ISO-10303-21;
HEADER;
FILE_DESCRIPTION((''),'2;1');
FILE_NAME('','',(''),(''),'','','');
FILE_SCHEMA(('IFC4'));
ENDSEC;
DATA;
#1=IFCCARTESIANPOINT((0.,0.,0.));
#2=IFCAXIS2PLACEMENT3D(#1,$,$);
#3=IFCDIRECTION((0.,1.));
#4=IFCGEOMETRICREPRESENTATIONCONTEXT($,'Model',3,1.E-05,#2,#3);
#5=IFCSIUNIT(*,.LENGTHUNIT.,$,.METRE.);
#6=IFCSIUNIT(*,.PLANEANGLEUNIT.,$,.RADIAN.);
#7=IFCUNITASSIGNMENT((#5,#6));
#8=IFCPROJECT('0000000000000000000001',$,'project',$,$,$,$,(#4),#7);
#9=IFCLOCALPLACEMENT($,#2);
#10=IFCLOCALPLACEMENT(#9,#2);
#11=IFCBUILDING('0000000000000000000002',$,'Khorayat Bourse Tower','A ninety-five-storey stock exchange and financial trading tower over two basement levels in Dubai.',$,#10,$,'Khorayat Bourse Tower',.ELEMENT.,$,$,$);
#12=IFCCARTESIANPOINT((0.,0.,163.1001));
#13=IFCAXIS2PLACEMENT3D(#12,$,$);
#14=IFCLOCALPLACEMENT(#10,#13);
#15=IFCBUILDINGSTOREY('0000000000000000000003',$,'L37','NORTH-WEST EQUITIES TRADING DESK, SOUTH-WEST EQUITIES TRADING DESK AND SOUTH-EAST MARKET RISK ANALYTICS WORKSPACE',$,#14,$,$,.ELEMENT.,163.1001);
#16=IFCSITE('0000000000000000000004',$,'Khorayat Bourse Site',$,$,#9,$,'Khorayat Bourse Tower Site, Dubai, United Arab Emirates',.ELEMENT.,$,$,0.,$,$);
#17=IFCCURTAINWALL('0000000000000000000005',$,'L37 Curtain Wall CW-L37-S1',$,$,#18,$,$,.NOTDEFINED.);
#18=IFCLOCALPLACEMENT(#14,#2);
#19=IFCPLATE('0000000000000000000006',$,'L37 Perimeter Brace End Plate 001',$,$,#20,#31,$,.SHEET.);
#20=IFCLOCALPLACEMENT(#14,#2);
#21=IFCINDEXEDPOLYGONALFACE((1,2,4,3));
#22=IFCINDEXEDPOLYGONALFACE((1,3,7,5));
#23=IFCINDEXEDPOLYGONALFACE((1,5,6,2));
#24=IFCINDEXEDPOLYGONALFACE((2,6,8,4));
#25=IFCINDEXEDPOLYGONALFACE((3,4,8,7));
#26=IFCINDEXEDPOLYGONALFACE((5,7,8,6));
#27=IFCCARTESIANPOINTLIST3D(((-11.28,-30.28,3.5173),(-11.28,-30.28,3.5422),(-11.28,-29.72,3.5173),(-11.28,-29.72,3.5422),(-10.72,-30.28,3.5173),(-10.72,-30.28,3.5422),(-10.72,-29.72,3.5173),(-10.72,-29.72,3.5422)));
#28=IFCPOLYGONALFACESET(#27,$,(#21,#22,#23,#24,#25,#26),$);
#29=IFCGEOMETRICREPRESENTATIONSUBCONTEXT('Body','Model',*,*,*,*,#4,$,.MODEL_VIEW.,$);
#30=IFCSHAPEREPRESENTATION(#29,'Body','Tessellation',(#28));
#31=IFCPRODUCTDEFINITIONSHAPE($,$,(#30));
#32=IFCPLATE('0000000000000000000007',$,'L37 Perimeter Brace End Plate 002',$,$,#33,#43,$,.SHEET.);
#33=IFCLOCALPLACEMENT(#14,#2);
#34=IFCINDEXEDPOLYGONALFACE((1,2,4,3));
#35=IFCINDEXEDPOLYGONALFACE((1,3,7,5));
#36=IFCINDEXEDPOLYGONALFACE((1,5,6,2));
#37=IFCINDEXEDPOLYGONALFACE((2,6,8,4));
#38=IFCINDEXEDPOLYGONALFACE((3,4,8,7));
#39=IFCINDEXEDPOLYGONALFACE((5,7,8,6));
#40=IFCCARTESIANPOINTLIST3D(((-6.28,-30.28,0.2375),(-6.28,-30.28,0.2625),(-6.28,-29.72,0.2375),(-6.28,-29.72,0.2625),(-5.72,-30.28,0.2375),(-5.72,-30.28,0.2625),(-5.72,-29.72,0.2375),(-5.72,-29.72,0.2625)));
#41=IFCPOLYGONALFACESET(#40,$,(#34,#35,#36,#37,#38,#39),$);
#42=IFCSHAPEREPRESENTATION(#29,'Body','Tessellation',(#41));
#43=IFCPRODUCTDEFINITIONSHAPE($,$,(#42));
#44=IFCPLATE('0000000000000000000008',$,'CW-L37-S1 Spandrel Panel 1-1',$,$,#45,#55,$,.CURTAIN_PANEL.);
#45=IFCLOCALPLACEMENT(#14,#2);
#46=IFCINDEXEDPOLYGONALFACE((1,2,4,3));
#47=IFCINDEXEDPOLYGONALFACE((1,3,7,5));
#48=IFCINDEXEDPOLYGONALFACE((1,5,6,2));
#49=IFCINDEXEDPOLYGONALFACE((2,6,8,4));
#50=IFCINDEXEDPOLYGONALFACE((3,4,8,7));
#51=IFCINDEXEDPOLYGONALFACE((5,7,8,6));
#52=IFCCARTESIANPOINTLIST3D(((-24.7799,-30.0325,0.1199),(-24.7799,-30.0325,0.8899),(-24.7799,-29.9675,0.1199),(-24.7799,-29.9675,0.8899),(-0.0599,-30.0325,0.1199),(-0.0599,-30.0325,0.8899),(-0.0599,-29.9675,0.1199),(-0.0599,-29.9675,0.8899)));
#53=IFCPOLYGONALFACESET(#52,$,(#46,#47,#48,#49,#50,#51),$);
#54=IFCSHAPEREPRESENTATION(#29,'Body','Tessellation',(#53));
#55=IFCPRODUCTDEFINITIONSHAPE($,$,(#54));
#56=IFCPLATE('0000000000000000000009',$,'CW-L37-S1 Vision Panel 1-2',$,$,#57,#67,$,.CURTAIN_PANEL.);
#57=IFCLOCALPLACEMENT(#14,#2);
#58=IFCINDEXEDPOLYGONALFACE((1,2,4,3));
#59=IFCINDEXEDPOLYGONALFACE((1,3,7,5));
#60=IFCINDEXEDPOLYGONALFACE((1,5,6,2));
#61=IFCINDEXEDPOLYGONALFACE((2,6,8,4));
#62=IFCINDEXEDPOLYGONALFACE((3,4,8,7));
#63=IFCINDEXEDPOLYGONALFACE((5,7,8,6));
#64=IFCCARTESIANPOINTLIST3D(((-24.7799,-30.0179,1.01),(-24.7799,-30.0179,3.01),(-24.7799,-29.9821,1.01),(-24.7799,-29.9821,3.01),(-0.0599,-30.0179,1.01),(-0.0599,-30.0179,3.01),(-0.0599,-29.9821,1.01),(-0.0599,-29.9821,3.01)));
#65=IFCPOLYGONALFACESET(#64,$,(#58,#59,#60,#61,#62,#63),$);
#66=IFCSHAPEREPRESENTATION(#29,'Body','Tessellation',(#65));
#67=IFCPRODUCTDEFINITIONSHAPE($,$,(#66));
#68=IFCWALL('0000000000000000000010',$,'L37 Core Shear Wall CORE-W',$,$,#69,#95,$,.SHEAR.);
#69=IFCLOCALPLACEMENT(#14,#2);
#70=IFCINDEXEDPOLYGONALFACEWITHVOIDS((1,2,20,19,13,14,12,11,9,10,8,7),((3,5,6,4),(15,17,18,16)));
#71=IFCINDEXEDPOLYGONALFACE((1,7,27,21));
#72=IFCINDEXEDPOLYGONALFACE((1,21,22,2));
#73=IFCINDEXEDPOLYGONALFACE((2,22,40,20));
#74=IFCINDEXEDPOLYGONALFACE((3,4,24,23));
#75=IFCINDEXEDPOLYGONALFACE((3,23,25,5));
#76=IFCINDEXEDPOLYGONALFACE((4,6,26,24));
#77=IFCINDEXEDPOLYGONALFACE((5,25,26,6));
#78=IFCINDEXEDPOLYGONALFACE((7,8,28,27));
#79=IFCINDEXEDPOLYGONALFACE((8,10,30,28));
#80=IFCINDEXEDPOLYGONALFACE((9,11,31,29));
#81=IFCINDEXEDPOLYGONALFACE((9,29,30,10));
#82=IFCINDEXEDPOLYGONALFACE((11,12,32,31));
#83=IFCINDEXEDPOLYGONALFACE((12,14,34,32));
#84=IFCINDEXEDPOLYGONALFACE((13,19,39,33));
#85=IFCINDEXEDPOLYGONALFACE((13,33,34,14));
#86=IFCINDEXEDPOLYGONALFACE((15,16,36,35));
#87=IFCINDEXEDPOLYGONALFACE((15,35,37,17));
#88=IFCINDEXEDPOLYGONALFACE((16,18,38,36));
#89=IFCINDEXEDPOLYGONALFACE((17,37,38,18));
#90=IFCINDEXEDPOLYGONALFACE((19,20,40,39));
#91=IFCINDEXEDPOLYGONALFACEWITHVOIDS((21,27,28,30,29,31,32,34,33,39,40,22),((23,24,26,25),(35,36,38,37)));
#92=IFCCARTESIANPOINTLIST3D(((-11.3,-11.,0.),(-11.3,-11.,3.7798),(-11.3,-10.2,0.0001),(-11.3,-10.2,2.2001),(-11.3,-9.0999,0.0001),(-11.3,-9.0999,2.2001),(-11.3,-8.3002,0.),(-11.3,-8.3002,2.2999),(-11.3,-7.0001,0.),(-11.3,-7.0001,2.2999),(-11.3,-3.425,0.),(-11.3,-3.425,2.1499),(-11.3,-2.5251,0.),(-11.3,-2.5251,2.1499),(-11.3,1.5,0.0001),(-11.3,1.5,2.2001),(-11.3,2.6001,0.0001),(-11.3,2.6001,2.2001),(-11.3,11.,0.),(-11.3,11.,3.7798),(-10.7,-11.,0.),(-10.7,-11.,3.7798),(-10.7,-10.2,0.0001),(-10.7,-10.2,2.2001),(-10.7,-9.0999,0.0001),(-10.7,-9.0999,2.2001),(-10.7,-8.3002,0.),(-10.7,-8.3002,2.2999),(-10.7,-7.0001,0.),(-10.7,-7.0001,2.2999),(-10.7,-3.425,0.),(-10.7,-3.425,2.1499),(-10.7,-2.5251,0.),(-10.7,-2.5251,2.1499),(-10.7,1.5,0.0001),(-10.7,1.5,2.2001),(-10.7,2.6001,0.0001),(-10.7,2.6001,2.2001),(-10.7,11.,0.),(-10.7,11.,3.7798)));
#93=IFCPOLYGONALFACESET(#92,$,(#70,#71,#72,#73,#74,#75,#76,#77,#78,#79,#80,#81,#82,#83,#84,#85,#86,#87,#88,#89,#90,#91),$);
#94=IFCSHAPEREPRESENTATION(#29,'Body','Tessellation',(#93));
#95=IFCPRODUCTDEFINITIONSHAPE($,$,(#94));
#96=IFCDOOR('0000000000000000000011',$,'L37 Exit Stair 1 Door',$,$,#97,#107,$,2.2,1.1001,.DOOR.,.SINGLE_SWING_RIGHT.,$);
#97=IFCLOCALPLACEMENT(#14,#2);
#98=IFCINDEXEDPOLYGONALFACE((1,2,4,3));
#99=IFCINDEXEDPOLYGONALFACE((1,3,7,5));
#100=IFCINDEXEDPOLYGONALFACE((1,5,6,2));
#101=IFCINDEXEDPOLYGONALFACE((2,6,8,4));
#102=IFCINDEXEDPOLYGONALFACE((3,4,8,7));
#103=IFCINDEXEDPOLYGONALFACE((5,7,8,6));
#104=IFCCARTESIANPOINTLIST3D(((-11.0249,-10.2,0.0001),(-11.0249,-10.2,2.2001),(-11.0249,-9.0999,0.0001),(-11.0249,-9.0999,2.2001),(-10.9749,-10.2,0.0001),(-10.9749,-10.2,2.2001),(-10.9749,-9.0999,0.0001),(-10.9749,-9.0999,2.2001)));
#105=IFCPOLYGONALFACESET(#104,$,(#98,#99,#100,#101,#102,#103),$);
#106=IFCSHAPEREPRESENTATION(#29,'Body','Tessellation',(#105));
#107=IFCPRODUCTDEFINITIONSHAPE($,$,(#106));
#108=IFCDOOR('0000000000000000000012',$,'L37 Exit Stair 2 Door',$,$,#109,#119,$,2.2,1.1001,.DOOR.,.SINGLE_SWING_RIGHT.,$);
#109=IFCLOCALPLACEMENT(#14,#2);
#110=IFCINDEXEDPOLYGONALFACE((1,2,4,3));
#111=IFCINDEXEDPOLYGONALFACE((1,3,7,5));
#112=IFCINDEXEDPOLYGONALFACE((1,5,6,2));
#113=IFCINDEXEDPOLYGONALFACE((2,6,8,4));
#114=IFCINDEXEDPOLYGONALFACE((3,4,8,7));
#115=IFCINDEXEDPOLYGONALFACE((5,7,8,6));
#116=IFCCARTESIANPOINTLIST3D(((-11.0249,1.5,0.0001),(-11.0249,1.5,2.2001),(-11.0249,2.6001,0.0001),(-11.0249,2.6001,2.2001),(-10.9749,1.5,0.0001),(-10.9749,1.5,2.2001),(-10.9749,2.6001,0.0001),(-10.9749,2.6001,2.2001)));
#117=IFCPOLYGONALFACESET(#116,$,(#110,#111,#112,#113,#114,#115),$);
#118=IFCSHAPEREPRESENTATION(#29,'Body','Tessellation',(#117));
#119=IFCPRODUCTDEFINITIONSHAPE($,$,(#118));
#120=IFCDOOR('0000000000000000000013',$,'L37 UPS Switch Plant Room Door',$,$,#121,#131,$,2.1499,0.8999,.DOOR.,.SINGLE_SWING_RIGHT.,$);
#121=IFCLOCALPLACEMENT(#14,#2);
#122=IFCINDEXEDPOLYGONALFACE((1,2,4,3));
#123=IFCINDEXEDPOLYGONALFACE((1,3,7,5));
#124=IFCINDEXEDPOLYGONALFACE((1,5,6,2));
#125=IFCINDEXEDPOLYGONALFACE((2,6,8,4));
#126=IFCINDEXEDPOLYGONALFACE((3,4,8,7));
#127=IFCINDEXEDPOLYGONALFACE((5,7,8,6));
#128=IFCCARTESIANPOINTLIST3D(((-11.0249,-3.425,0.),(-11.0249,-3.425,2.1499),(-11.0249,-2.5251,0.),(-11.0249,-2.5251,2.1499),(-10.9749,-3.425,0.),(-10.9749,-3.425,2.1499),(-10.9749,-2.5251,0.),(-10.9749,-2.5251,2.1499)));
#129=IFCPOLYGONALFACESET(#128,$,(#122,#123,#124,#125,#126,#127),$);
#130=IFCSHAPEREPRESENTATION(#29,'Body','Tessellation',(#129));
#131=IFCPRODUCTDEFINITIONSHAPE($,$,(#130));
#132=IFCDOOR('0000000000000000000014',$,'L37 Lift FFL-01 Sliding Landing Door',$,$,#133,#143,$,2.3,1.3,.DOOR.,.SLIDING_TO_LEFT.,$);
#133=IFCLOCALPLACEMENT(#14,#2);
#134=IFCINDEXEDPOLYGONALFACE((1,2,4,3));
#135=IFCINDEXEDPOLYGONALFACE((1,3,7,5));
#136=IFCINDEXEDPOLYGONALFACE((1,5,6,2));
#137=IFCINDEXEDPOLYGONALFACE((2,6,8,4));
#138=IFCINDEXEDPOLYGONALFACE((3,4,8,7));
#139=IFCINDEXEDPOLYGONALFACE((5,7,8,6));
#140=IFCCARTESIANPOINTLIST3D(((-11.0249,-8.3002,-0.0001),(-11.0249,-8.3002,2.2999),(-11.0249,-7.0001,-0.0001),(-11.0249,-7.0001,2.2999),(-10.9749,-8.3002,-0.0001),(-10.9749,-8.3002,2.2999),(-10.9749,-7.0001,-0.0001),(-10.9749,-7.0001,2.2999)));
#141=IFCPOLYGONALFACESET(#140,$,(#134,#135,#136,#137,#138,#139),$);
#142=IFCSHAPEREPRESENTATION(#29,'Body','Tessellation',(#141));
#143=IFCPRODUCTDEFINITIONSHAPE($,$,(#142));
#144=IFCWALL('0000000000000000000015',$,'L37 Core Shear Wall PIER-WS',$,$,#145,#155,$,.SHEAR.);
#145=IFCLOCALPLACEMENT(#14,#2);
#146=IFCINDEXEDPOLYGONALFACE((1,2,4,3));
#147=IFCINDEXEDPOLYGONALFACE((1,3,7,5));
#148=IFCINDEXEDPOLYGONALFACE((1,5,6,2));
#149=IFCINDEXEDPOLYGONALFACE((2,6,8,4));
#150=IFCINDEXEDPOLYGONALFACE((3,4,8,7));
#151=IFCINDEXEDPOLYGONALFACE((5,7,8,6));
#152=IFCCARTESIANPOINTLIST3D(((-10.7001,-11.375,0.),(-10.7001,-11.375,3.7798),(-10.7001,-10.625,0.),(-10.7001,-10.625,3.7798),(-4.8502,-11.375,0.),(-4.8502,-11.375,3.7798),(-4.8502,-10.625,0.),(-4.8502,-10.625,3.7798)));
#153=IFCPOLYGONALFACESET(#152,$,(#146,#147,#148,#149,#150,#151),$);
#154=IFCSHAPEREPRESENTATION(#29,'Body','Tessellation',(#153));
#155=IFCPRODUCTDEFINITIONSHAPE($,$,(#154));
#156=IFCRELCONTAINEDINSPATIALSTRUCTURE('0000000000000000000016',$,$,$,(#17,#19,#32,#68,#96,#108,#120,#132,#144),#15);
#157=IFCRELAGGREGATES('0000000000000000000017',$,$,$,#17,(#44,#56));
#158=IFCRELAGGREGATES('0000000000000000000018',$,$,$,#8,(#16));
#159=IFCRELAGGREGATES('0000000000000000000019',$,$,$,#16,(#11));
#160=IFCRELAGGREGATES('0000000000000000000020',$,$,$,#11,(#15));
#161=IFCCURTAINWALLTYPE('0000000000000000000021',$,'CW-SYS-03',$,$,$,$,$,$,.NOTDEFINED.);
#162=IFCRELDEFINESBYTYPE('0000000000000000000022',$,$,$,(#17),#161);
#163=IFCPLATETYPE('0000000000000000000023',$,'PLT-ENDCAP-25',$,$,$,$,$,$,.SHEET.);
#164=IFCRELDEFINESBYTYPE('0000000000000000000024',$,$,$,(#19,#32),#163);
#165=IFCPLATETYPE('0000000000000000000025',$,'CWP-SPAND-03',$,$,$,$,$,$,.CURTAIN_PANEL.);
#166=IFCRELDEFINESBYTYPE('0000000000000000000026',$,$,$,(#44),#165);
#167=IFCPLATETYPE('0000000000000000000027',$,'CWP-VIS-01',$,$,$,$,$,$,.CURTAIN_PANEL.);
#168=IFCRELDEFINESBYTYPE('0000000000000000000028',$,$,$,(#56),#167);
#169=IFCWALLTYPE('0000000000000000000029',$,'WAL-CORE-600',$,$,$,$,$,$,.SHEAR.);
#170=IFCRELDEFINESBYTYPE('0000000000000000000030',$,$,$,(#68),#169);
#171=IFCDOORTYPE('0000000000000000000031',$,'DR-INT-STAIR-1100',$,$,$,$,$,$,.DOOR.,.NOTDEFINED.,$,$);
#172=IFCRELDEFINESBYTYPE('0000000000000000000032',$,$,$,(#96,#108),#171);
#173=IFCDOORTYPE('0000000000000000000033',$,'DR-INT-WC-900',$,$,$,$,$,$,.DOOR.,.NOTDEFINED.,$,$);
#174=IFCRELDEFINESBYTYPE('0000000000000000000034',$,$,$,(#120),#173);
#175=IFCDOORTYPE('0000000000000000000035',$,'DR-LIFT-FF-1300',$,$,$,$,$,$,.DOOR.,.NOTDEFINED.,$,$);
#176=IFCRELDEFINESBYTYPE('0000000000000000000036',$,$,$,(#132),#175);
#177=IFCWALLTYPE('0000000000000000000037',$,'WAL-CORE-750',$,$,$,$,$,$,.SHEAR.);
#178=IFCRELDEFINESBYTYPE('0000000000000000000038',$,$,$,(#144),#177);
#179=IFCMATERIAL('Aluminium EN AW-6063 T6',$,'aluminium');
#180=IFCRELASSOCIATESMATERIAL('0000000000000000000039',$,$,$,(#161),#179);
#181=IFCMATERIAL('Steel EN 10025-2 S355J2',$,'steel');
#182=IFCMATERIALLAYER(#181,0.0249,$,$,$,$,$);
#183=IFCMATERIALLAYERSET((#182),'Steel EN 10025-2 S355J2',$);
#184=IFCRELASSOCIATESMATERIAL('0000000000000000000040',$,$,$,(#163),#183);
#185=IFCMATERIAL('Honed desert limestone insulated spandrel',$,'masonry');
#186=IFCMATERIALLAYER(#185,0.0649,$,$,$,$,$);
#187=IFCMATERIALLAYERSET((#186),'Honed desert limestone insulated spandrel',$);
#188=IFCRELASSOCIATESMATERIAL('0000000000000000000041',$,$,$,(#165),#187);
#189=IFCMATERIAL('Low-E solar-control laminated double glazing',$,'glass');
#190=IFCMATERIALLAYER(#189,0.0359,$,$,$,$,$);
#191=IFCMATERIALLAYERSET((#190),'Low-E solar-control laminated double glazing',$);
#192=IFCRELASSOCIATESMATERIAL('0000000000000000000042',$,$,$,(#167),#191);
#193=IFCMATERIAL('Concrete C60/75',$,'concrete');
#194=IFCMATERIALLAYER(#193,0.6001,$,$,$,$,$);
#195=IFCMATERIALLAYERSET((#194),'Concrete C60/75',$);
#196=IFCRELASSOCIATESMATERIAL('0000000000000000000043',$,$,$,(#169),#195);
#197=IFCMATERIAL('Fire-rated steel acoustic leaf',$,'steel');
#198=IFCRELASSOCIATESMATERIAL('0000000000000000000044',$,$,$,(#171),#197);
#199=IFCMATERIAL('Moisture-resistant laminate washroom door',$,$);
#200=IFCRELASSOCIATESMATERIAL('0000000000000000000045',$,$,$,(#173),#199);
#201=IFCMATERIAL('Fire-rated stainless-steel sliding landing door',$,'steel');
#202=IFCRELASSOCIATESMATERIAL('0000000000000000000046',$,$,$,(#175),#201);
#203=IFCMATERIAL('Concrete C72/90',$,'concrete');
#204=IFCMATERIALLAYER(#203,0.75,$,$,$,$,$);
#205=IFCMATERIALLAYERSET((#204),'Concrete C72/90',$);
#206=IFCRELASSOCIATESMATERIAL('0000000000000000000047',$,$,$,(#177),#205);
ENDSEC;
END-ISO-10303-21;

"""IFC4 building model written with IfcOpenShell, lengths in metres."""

from ifc_helpers import new_model, si_unit, direction, frame, frame_2d, origin, origin_2d, place, context, subcontext, project, spatial, rectangle, extrude, source, transform, mapped, material, layer, layer_set, type_object, element, fill, aggregate, save


model = new_model("IFC4")

# Units and contexts
model_context = context("Model", 3, precision=1e-05, world=origin(), true_north=direction((0.0, 1.0)))
body_context = subcontext(model_context, "Body", "Model", "MODEL_VIEW")
ifc_project = project(units=[si_unit("LENGTHUNIT", "METRE"), si_unit("PLANEANGLEUNIT", "RADIAN")], contexts=[model_context])

# Site, building, storey
site_placement = place(None, origin())
site = spatial("IfcSite", under=ifc_project, at=site_placement, Name="Khorayat Bourse Site", LongName="Khorayat Bourse Tower Site, Dubai, United Arab Emirates", CompositionType="ELEMENT", RefElevation=0.0)
building_placement = place(site_placement, origin())
building = spatial("IfcBuilding", under=site, at=building_placement, Name="Khorayat Bourse Tower", Description="A ninety-five-storey stock exchange and financial trading tower over two basement levels in Dubai.", LongName="Khorayat Bourse Tower", CompositionType="ELEMENT")
storey_placement = place(building_placement, frame((0.0, 0.0, 163.1001)))
storey = spatial("IfcBuildingStorey", under=building, at=storey_placement, Name="L37", Description="NORTH-WEST EQUITIES TRADING DESK, SOUTH-WEST EQUITIES TRADING DESK AND SOUTH-EAST MARKET RISK ANALYTICS WORKSPACE", CompositionType="ELEMENT", Elevation=163.1001)

# Shared definitions
ifc_material_1 = material(Name="Concrete C60/75", Category="concrete")

# Shared definitions
ifc_material_2 = material(Name="Concrete C72/90", Category="concrete")

# Curtain wall
ifc_material_3 = material(Name="Aluminium EN AW-6063 T6", Category="aluminium")
curtain_wall_type = type_object("IfcCurtainWallType", Name="CW-SYS-03", PredefinedType="NOTDEFINED", material=ifc_material_3)
curtain_wall_placement = place(storey_placement, origin())
curtain_wall = element("IfcCurtainWall", 1, at=curtain_wall_placement, inside=storey, type_object=curtain_wall_type, Name="L37 Curtain Wall CW-L37-S1", PredefinedType="NOTDEFINED")

# Plates
ifc_material_4 = material(Name="Steel EN 10025-2 S355J2", Category="steel")
ifc_layer_1 = layer(ifc_material_4, 0.0249)
ifc_layer_set_1 = layer_set([ifc_layer_1], Name="Steel EN 10025-2 S355J2")
plate_type_1 = type_object("IfcPlateType", Name="PLT-ENDCAP-25", PredefinedType="SHEET", material=ifc_layer_set_1)
shared_shape_1 = source(origin(), body_context, "Body", "SweptSolid", [
    extrude(rectangle(XDim=0.5601, YDim=0.5601, at=origin_2d()), origin(), (0.0, 0.0, 1.0), 0.0249),
])
for number, where, z_axis, x_axis, name in (
    (2, (-11.0, -30.0, 3.5173), (0.0, 0.0, 1.0), (1.0, 0.0, 0.0), "L37 Perimeter Brace End Plate 001"),
    (3, (-6.0, -30.0, 0.2375), (0.0, 0.0, 1.0), (1.0, 0.0, 0.0), "L37 Perimeter Brace End Plate 002"),
):
    element("IfcPlate", number, at=place(storey_placement, frame(where, z_axis=z_axis, x_axis=x_axis)), inside=storey, type_object=plate_type_1, Name=name, PredefinedType="SHEET", context=body_context, shape_type="MappedRepresentation", body=[
        mapped(shared_shape_1, transform((0.0, 0.0, 0.0), scale=1.0)),
    ])

# Plates
ifc_material_5 = material(Name="Honed desert limestone insulated spandrel", Category="masonry")
ifc_layer_2 = layer(ifc_material_5, 0.0649)
ifc_layer_set_2 = layer_set([ifc_layer_2], Name="Honed desert limestone insulated spandrel")
plate_type_2 = type_object("IfcPlateType", Name="CWP-SPAND-03", PredefinedType="CURTAIN_PANEL", material=ifc_layer_set_2)
shared_shape_2 = source(origin(), body_context, "Body", "SweptSolid", [
    extrude(rectangle(XDim=24.72, YDim=0.0649, at=origin_2d()), origin(), (0.0, 0.0, 1.0), 0.77),
])
plate_1_placement = place(storey_placement, frame((-12.4199, -30.0, 0.1199), z_axis=(0.0, 0.0, 1.0), x_axis=(1.0, 0.0, 0.0)))
plate_1 = element("IfcPlate", 4, at=plate_1_placement, type_object=plate_type_2, Name="CW-L37-S1 Spandrel Panel 1-1", PredefinedType="CURTAIN_PANEL", context=body_context, shape_type="MappedRepresentation", body=[
    mapped(shared_shape_2, transform((0.0, 0.0, 0.0), scale=1.0)),
])
ifc_material_6 = material(Name="Low-E solar-control laminated double glazing", Category="glass")
ifc_layer_3 = layer(ifc_material_6, 0.0359)
ifc_layer_set_3 = layer_set([ifc_layer_3], Name="Low-E solar-control laminated double glazing")
plate_type_3 = type_object("IfcPlateType", Name="CWP-VIS-01", PredefinedType="CURTAIN_PANEL", material=ifc_layer_set_3)
shared_shape_3 = source(origin(), body_context, "Body", "SweptSolid", [
    extrude(rectangle(XDim=24.72, YDim=0.0359, at=origin_2d()), origin(), (0.0, 0.0, 1.0), 2.0),
])
plate_2_placement = place(storey_placement, frame((-12.4199, -30.0, 1.01), z_axis=(0.0, 0.0, 1.0), x_axis=(1.0, 0.0, 0.0)))
plate_2 = element("IfcPlate", 5, at=plate_2_placement, type_object=plate_type_3, Name="CW-L37-S1 Vision Panel 1-2", PredefinedType="CURTAIN_PANEL", context=body_context, shape_type="MappedRepresentation", body=[
    mapped(shared_shape_3, transform((0.0, 0.0, 0.0), scale=1.0)),
])
aggregate(curtain_wall, [plate_1, plate_2])

# Wall, openings, doors
ifc_layer_4 = layer(ifc_material_1, 0.6001)
ifc_layer_set_4 = layer_set([ifc_layer_4], Name="Concrete C60/75")
wall_type_1 = type_object("IfcWallType", Name="WAL-CORE-600", PredefinedType="SHEAR", material=ifc_layer_set_4)
shared_shape_4 = source(origin(), body_context, "Body", "SweptSolid", [
    extrude(rectangle(XDim=22.0, YDim=0.6001, at=frame_2d((11.0, 0.0))), origin(), (0.0, 0.0, 1.0), 3.7798),
])
wall_1_placement = place(storey_placement, frame((-11.0, -11.0, 0.0), z_axis=(0.0, 0.0, 1.0), x_axis=(0.0, 1.0, 0.0)))
wall_1 = element("IfcWall", 6, at=wall_1_placement, inside=storey, type_object=wall_type_1, Name="L37 Core Shear Wall CORE-W", PredefinedType="SHEAR", context=body_context, shape_type="MappedRepresentation", body=[
    mapped(shared_shape_4, transform((0.0, 0.0, 0.0), scale=1.0)),
])
shared_shape_5 = source(origin(), body_context, "Body", "SweptSolid", [
    extrude(rectangle(XDim=1.1001, YDim=2.2, at=frame_2d((0.55, 1.1001))), frame((0.0, 0.3101, 0.0), z_axis=(0.0, -1.0, 0.0), x_axis=(1.0, 0.0, 0.0)), (0.0, 0.0, 1.0), 0.6201),
])
opening_1_placement = place(wall_1_placement, frame((0.8, 0.0, 0.0)))
opening_1 = element("IfcOpeningElement", 7, at=opening_1_placement, cuts=wall_1, PredefinedType="OPENING", context=body_context, shape_type="MappedRepresentation", body=[
    mapped(shared_shape_5, transform((0.0, 0.0, 0.0), scale=1.0)),
])
opening_2_placement = place(wall_1_placement, frame((12.5, 0.0, 0.0)))
opening_2 = element("IfcOpeningElement", 8, at=opening_2_placement, cuts=wall_1, PredefinedType="OPENING", context=body_context, shape_type="MappedRepresentation", body=[
    mapped(shared_shape_5, transform((0.0, 0.0, 0.0), scale=1.0)),
])
shared_shape_6 = source(origin(), body_context, "Body", "SweptSolid", [
    extrude(rectangle(XDim=0.8999, YDim=2.1499, at=frame_2d((0.45, 1.075))), frame((0.0, 0.3101, 0.0), z_axis=(0.0, -1.0, 0.0), x_axis=(1.0, 0.0, 0.0)), (0.0, 0.0, 1.0), 0.6201),
])
opening_3_placement = place(wall_1_placement, frame((7.575, 0.0, 0.0)))
opening_3 = element("IfcOpeningElement", 9, at=opening_3_placement, cuts=wall_1, PredefinedType="OPENING", context=body_context, shape_type="MappedRepresentation", body=[
    mapped(shared_shape_6, transform((0.0, 0.0, 0.0), scale=1.0)),
])
shared_shape_7 = source(origin(), body_context, "Body", "SweptSolid", [
    extrude(rectangle(XDim=1.3, YDim=2.3, at=frame_2d((0.6499, 1.1499))), frame((0.0, 0.3101, 0.0), z_axis=(0.0, -1.0, 0.0), x_axis=(1.0, 0.0, 0.0)), (0.0, 0.0, 1.0), 0.6201),
])
opening_4_placement = place(wall_1_placement, frame((2.7, 0.0, 0.0)))
opening_4 = element("IfcOpeningElement", 10, at=opening_4_placement, cuts=wall_1, PredefinedType="OPENING", context=body_context, shape_type="MappedRepresentation", body=[
    mapped(shared_shape_7, transform((0.0, 0.0, 0.0), scale=1.0)),
])
ifc_material_7 = material(Name="Fire-rated steel acoustic leaf", Category="steel")
door_type_1 = type_object("IfcDoorType", Name="DR-INT-STAIR-1100", OperationType="NOTDEFINED", PredefinedType="DOOR", material=ifc_material_7)
shared_shape_8 = source(origin(), body_context, "Body", "SweptSolid", [
    extrude(rectangle(XDim=1.1001, YDim=2.2, at=frame_2d((0.55, 1.1001))), frame((0.0, 0.0249, 0.0), z_axis=(0.0, -1.0, 0.0), x_axis=(1.0, 0.0, 0.0)), (0.0, 0.0, 1.0), 0.05),
])
door_1_placement = place(opening_1_placement, origin())
door_1 = element("IfcDoor", 11, at=door_1_placement, inside=storey, type_object=door_type_1, Name="L37 Exit Stair 1 Door", OperationType="SINGLE_SWING_RIGHT", OverallHeight=2.2, OverallWidth=1.1001, PredefinedType="DOOR", context=body_context, shape_type="MappedRepresentation", body=[
    mapped(shared_shape_8, transform((0.0, 0.0, 0.0), scale=1.0)),
])
fill(opening_1, door_1)
door_2_placement = place(opening_2_placement, origin())
door_2 = element("IfcDoor", 12, at=door_2_placement, inside=storey, type_object=door_type_1, Name="L37 Exit Stair 2 Door", OperationType="SINGLE_SWING_RIGHT", OverallHeight=2.2, OverallWidth=1.1001, PredefinedType="DOOR", context=body_context, shape_type="MappedRepresentation", body=[
    mapped(shared_shape_8, transform((0.0, 0.0, 0.0), scale=1.0)),
])
fill(opening_2, door_2)
ifc_material_8 = material(Name="Moisture-resistant laminate washroom door")
door_type_2 = type_object("IfcDoorType", Name="DR-INT-WC-900", OperationType="NOTDEFINED", PredefinedType="DOOR", material=ifc_material_8)
shared_shape_9 = source(origin(), body_context, "Body", "SweptSolid", [
    extrude(rectangle(XDim=0.8999, YDim=2.1499, at=frame_2d((0.45, 1.075))), frame((0.0, 0.0249, 0.0), z_axis=(0.0, -1.0, 0.0), x_axis=(1.0, 0.0, 0.0)), (0.0, 0.0, 1.0), 0.05),
])
door_3_placement = place(opening_3_placement, origin())
door_3 = element("IfcDoor", 13, at=door_3_placement, inside=storey, type_object=door_type_2, Name="L37 UPS Switch Plant Room Door", OperationType="SINGLE_SWING_RIGHT", OverallHeight=2.1499, OverallWidth=0.8999, PredefinedType="DOOR", context=body_context, shape_type="MappedRepresentation", body=[
    mapped(shared_shape_9, transform((0.0, 0.0, 0.0), scale=1.0)),
])
fill(opening_3, door_3)
ifc_material_9 = material(Name="Fire-rated stainless-steel sliding landing door", Category="steel")
door_type_3 = type_object("IfcDoorType", Name="DR-LIFT-FF-1300", OperationType="NOTDEFINED", PredefinedType="DOOR", material=ifc_material_9)
shared_shape_10 = source(origin(), body_context, "Body", "SweptSolid", [
    extrude(rectangle(XDim=1.3, YDim=2.3, at=frame_2d((0.6499, 1.1499))), frame((0.0, 0.0249, 0.0), z_axis=(0.0, -1.0, 0.0), x_axis=(1.0, 0.0, 0.0)), (0.0, 0.0, 1.0), 0.05),
])
door_4_placement = place(opening_4_placement, origin())
door_4 = element("IfcDoor", 14, at=door_4_placement, inside=storey, type_object=door_type_3, Name="L37 Lift FFL-01 Sliding Landing Door", OperationType="SLIDING_TO_LEFT", OverallHeight=2.3, OverallWidth=1.3, PredefinedType="DOOR", context=body_context, shape_type="MappedRepresentation", body=[
    mapped(shared_shape_10, transform((0.0, 0.0, 0.0), scale=1.0)),
])
fill(opening_4, door_4)

# Wall
ifc_layer_5 = layer(ifc_material_2, 0.75)
ifc_layer_set_5 = layer_set([ifc_layer_5], Name="Concrete C72/90")
wall_type_2 = type_object("IfcWallType", Name="WAL-CORE-750", PredefinedType="SHEAR", material=ifc_layer_set_5)
shared_shape_11 = source(origin(), body_context, "Body", "SweptSolid", [
    extrude(rectangle(XDim=5.8499, YDim=0.75, at=frame_2d((2.9248, 0.0))), origin(), (0.0, 0.0, 1.0), 3.7798),
])
wall_2_placement = place(storey_placement, frame((-10.7, -11.0, 0.0), z_axis=(0.0, 0.0, 1.0), x_axis=(1.0, 0.0, 0.0)))
element("IfcWall", 15, at=wall_2_placement, inside=storey, type_object=wall_type_2, Name="L37 Core Shear Wall PIER-WS", PredefinedType="SHEAR", context=body_context, shape_type="MappedRepresentation", body=[
    mapped(shared_shape_11, transform((0.0, 0.0, 0.0), scale=1.0)),
])

save(model, "model.ifc")
